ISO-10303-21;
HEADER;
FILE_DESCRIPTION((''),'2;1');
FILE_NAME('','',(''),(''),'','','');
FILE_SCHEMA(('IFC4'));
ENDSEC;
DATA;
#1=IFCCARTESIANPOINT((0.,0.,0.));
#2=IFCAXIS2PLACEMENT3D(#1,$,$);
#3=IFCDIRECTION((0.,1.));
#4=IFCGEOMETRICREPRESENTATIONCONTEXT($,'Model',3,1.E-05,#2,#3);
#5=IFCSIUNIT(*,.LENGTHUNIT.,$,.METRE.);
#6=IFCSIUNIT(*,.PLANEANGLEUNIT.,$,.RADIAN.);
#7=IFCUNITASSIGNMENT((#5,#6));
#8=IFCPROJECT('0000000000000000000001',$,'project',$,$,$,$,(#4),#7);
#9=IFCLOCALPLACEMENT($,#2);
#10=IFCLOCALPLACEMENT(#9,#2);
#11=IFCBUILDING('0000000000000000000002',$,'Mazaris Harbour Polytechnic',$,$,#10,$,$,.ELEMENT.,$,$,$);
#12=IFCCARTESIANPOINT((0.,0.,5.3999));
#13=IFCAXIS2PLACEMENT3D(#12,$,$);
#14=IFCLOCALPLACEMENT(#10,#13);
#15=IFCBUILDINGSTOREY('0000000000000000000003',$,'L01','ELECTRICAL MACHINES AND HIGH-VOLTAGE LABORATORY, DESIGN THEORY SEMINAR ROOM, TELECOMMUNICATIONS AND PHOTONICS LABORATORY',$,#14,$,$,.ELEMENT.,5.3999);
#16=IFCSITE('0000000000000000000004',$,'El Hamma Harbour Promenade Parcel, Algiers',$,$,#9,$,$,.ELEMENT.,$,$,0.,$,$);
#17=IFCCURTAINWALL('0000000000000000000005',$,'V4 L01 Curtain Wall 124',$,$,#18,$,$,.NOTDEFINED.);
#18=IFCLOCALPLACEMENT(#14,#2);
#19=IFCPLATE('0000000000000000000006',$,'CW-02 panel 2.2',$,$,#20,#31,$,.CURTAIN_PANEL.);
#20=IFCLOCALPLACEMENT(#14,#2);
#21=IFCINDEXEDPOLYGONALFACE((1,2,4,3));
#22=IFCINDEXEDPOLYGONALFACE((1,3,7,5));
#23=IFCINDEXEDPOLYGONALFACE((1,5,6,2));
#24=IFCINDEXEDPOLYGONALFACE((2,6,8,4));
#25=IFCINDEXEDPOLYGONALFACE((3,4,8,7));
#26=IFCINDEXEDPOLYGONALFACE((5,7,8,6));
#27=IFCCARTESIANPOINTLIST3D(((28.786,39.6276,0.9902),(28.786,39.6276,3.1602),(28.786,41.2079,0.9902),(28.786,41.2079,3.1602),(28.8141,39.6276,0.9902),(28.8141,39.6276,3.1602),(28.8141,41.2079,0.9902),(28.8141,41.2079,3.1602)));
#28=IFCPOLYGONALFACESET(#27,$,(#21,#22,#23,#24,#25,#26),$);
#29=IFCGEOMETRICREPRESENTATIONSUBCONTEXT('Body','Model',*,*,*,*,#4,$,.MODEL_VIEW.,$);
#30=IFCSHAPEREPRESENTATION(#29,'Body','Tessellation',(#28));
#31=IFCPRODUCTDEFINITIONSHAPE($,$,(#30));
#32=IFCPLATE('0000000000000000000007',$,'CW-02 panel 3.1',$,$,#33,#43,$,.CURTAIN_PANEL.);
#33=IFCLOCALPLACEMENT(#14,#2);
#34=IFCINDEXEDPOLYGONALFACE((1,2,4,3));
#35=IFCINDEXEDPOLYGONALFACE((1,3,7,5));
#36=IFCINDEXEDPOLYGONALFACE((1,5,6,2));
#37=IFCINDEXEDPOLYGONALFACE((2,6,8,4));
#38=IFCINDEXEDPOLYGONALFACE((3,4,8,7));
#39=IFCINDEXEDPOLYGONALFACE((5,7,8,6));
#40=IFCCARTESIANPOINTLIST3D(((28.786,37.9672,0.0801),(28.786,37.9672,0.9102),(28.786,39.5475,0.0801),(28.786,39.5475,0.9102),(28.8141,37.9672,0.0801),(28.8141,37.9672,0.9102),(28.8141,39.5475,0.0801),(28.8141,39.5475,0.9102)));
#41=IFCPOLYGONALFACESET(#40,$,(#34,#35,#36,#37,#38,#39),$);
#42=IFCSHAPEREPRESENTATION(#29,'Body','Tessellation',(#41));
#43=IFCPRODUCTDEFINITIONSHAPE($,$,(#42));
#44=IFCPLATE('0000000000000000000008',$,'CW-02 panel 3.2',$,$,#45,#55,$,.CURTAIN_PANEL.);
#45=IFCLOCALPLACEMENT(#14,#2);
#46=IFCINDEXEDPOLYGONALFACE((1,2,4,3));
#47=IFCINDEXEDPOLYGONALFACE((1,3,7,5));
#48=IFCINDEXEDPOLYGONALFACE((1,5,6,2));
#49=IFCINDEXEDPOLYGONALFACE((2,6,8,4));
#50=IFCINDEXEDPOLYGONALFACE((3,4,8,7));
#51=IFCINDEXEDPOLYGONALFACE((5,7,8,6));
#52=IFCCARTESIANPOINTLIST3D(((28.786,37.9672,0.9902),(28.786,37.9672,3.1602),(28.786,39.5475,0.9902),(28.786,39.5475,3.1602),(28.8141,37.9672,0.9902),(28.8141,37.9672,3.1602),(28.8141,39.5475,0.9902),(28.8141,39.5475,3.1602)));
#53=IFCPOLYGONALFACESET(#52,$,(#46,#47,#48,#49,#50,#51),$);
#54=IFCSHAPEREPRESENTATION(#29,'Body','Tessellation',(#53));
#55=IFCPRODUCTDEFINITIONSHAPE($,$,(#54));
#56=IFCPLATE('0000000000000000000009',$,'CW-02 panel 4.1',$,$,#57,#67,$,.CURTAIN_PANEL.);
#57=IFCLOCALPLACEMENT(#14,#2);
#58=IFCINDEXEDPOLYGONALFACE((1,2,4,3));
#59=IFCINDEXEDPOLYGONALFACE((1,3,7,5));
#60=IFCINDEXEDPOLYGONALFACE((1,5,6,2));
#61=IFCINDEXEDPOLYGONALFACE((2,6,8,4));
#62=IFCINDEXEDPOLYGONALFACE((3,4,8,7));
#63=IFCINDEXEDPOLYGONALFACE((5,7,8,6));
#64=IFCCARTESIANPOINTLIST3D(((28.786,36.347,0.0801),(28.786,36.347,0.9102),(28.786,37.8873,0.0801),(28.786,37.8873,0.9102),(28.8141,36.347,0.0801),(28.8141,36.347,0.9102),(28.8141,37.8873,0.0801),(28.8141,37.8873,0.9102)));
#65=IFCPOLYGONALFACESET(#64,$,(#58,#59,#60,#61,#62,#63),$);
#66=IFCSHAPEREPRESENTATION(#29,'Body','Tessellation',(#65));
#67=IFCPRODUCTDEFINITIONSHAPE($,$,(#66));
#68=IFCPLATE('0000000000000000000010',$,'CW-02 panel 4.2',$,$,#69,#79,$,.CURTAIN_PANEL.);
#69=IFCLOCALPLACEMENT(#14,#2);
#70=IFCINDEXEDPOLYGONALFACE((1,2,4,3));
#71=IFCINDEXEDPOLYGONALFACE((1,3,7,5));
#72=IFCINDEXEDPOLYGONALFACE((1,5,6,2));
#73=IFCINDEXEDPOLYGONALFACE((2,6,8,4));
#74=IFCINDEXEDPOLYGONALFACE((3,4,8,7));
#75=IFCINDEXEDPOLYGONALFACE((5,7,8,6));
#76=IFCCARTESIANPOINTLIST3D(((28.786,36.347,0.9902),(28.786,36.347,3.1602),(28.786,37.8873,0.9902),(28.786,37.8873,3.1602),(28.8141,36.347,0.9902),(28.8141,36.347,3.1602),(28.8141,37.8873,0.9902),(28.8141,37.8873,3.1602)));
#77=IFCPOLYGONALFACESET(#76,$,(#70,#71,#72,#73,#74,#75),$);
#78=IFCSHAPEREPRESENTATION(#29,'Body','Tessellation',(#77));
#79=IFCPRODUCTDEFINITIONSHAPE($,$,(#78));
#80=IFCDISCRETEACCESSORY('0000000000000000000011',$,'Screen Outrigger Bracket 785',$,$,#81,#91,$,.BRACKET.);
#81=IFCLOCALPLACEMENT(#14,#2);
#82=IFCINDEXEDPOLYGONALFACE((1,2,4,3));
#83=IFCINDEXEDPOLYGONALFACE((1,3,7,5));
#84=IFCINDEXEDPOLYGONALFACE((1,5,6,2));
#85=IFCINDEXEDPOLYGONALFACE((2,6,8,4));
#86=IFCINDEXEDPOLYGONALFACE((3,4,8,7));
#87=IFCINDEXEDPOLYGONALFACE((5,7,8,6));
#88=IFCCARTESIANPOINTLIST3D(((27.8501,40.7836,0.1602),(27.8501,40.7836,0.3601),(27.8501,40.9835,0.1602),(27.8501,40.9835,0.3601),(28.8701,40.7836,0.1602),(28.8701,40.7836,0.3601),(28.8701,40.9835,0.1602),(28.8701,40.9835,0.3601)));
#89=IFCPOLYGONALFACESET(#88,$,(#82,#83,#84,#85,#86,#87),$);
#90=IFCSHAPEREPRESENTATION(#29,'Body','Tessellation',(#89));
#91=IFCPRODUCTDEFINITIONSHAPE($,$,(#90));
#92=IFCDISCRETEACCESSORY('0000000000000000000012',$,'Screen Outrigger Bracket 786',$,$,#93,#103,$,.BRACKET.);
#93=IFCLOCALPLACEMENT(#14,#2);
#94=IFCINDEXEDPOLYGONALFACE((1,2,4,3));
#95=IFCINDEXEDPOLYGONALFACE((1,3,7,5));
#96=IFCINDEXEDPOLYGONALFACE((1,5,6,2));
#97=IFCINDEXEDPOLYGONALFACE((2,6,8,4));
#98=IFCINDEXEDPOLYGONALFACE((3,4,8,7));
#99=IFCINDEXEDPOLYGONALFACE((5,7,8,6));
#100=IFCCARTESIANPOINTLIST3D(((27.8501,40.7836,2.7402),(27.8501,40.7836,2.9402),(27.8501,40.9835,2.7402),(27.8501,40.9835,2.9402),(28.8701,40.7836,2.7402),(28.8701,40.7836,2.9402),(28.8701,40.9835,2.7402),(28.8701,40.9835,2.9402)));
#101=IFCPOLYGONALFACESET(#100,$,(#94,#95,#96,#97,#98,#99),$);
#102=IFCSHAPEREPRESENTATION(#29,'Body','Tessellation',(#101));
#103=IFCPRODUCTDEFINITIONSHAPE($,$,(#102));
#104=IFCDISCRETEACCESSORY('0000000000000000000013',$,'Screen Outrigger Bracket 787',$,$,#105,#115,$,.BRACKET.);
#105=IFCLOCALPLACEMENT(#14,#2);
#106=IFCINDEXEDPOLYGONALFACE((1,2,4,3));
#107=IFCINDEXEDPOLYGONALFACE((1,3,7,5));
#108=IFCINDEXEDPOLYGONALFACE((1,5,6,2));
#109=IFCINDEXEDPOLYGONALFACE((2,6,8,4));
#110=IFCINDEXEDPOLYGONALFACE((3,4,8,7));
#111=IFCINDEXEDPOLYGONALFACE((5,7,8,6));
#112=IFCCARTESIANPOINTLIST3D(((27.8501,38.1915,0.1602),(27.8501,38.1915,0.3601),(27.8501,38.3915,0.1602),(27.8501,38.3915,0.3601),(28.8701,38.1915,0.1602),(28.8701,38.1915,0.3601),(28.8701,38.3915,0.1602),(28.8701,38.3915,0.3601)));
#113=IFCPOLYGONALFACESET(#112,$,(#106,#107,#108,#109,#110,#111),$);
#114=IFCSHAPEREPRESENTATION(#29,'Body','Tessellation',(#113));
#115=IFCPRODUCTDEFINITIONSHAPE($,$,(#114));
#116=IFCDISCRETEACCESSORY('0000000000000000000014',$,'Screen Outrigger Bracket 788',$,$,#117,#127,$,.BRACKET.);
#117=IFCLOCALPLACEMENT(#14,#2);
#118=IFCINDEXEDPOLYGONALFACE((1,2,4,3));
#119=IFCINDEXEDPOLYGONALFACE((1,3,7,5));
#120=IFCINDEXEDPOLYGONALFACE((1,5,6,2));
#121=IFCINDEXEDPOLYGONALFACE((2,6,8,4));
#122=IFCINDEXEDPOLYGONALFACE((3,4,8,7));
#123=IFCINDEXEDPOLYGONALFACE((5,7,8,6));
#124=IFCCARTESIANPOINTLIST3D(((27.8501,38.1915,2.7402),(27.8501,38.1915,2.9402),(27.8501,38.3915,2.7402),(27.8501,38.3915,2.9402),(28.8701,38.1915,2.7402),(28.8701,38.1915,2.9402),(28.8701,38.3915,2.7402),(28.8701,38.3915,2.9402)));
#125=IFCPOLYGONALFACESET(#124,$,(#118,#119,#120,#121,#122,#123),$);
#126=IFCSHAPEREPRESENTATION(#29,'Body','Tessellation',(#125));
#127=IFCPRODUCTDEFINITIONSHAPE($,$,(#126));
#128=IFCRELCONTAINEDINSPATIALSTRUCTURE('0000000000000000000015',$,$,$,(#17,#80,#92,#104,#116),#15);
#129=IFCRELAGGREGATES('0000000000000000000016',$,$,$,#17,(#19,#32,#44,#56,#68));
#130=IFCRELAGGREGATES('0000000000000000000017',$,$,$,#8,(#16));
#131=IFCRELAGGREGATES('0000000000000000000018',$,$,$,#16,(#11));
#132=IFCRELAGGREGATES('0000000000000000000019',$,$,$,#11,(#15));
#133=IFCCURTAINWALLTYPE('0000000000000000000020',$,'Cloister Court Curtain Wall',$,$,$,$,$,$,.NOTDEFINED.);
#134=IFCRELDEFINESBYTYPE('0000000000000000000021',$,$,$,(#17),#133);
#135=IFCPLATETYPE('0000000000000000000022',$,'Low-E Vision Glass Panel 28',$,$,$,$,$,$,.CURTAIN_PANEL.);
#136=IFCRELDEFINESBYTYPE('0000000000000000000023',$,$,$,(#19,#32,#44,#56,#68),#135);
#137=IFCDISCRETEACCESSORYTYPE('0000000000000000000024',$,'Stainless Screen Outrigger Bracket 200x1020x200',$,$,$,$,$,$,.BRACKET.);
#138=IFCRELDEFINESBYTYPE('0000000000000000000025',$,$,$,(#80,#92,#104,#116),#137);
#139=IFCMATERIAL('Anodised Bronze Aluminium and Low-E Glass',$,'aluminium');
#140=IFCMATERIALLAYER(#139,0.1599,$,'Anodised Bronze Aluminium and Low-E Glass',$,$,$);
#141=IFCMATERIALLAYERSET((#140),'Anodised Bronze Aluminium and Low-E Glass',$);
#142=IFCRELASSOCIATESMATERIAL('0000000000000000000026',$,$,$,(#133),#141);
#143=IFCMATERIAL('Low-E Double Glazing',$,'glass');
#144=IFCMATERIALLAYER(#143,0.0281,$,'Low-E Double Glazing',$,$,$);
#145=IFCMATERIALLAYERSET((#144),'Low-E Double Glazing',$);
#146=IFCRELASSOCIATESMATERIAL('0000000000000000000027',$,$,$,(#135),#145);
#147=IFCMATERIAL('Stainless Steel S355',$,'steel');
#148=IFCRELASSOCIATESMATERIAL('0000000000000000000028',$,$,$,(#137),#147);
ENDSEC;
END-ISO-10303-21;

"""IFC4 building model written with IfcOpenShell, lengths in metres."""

from ifc_helpers import new_model, si_unit, direction, frame, origin, origin_2d, place, context, subcontext, project, spatial, rectangle, extrude, material, layer, layer_set, type_object, element, aggregate, save


model = new_model("IFC4")

# Units and contexts
model_context = context("Model", 3, precision=1e-05, world=origin(), true_north=direction((0.0, 1.0)))
body_context = subcontext(model_context, "Body", "Model", "MODEL_VIEW")
ifc_project = project(units=[si_unit("LENGTHUNIT", "METRE"), si_unit("PLANEANGLEUNIT", "RADIAN")], contexts=[model_context])

# Site, building, storey
site_placement = place(None, origin())
site = spatial("IfcSite", under=ifc_project, at=site_placement, Name="El Hamma Harbour Promenade Parcel, Algiers", CompositionType="ELEMENT", RefElevation=0.0)
building_placement = place(site_placement, origin())
building = spatial("IfcBuilding", under=site, at=building_placement, Name="Mazaris Harbour Polytechnic", CompositionType="ELEMENT")
storey_placement = place(building_placement, frame((0.0, 0.0, 5.3999)))
storey = spatial("IfcBuildingStorey", under=building, at=storey_placement, Name="L01", Description="ELECTRICAL MACHINES AND HIGH-VOLTAGE LABORATORY, DESIGN THEORY SEMINAR ROOM, TELECOMMUNICATIONS AND PHOTONICS LABORATORY", CompositionType="ELEMENT", Elevation=5.3999)

# Curtain wall
ifc_material_1 = material(Name="Anodised Bronze Aluminium and Low-E Glass", Category="aluminium")
ifc_layer_1 = layer(ifc_material_1, 0.1599, Name="Anodised Bronze Aluminium and Low-E Glass")
ifc_layer_set_1 = layer_set([ifc_layer_1], Name="Anodised Bronze Aluminium and Low-E Glass")
curtain_wall_type = type_object("IfcCurtainWallType", Name="Cloister Court Curtain Wall", PredefinedType="NOTDEFINED", material=ifc_layer_set_1)
curtain_wall_1_placement = place(storey_placement, origin())
curtain_wall_1 = element("IfcCurtainWall", 1, at=curtain_wall_1_placement, inside=storey, type_object=curtain_wall_type, Name="V4 L01 Curtain Wall 124", PredefinedType="NOTDEFINED")

# Plates
ifc_material_2 = material(Name="Low-E Double Glazing", Category="glass")
ifc_layer_2 = layer(ifc_material_2, 0.0281, Name="Low-E Double Glazing")
ifc_layer_set_2 = layer_set([ifc_layer_2], Name="Low-E Double Glazing")
plate_type = type_object("IfcPlateType", Name="Low-E Vision Glass Panel 28", PredefinedType="CURTAIN_PANEL", material=ifc_layer_set_2)
plate_1_placement = place(storey_placement, frame((28.8, 40.4177, 0.9902), z_axis=(0.0, 0.0, 1.0), x_axis=(0.0, -1.0, 0.0)))
plate_1 = element("IfcPlate", 2, at=plate_1_placement, type_object=plate_type, Name="CW-02 panel 2.2", PredefinedType="CURTAIN_PANEL", context=body_context, shape_type="SweptSolid", body=[
    extrude(rectangle(XDim=1.5803, YDim=0.0281, at=origin_2d()), origin(), (0.0, 0.0, 1.0), 2.1699),
])
plate_2_placement = place(storey_placement, frame((28.8, 38.7573, 0.0801), z_axis=(0.0, 0.0, 1.0), x_axis=(0.0, -1.0, 0.0)))
plate_2 = element("IfcPlate", 3, at=plate_2_placement, type_object=plate_type, Name="CW-02 panel 3.1", PredefinedType="CURTAIN_PANEL", context=body_context, shape_type="SweptSolid", body=[
    extrude(rectangle(XDim=1.5803, YDim=0.0281, at=origin_2d()), origin(), (0.0, 0.0, 1.0), 0.8301),
])
plate_3_placement = place(storey_placement, frame((28.8, 38.7573, 0.9902), z_axis=(0.0, 0.0, 1.0), x_axis=(0.0, -1.0, 0.0)))
plate_3 = element("IfcPlate", 4, at=plate_3_placement, type_object=plate_type, Name="CW-02 panel 3.2", PredefinedType="CURTAIN_PANEL", context=body_context, shape_type="SweptSolid", body=[
    extrude(rectangle(XDim=1.5803, YDim=0.0281, at=origin_2d()), origin(), (0.0, 0.0, 1.0), 2.1699),
])
plate_4_placement = place(storey_placement, frame((28.8, 37.1172, 0.0801), z_axis=(0.0, 0.0, 1.0), x_axis=(0.0, -1.0, 0.0)))
plate_4 = element("IfcPlate", 5, at=plate_4_placement, type_object=plate_type, Name="CW-02 panel 4.1", PredefinedType="CURTAIN_PANEL", context=body_context, shape_type="SweptSolid", body=[
    extrude(rectangle(XDim=1.5403, YDim=0.0281, at=origin_2d()), origin(), (0.0, 0.0, 1.0), 0.8301),
])
plate_5_placement = place(storey_placement, frame((28.8, 37.1172, 0.9902), z_axis=(0.0, 0.0, 1.0), x_axis=(0.0, -1.0, 0.0)))
plate_5 = element("IfcPlate", 6, at=plate_5_placement, type_object=plate_type, Name="CW-02 panel 4.2", PredefinedType="CURTAIN_PANEL", context=body_context, shape_type="SweptSolid", body=[
    extrude(rectangle(XDim=1.5403, YDim=0.0281, at=origin_2d()), origin(), (0.0, 0.0, 1.0), 2.1699),
])
aggregate(curtain_wall_1, [plate_1, plate_2, plate_3, plate_4, plate_5])

# Discrete accessories
ifc_material_3 = material(Name="Stainless Steel S355", Category="steel")
discrete_accessory_type = type_object("IfcDiscreteAccessoryType", Name="Stainless Screen Outrigger Bracket 200x1020x200", PredefinedType="BRACKET", material=ifc_material_3)
for number, where, z_axis, x_axis, name in (
    (7, (28.3601, 40.8835, 0.1602), (0.0, 0.0, 1.0), (0.0, -1.0, 0.0), "Screen Outrigger Bracket 785"),
    (8, (28.3601, 40.8835, 2.7402), (0.0, 0.0, 1.0), (0.0, -1.0, 0.0), "Screen Outrigger Bracket 786"),
    (9, (28.3601, 38.2915, 0.1602), (0.0, 0.0, 1.0), (0.0, -1.0, 0.0), "Screen Outrigger Bracket 787"),
    (10, (28.3601, 38.2915, 2.7402), (0.0, 0.0, 1.0), (0.0, -1.0, 0.0), "Screen Outrigger Bracket 788"),
):
    element("IfcDiscreteAccessory", number, at=place(storey_placement, frame(where, z_axis=z_axis, x_axis=x_axis)), inside=storey, type_object=discrete_accessory_type, Name=name, PredefinedType="BRACKET", context=body_context, shape_type="SweptSolid", body=[
        extrude(rectangle(XDim=0.2, YDim=1.02, at=origin_2d()), origin(), (0.0, 0.0, 1.0), 0.2),
    ])

save(model, "model.ifc")
